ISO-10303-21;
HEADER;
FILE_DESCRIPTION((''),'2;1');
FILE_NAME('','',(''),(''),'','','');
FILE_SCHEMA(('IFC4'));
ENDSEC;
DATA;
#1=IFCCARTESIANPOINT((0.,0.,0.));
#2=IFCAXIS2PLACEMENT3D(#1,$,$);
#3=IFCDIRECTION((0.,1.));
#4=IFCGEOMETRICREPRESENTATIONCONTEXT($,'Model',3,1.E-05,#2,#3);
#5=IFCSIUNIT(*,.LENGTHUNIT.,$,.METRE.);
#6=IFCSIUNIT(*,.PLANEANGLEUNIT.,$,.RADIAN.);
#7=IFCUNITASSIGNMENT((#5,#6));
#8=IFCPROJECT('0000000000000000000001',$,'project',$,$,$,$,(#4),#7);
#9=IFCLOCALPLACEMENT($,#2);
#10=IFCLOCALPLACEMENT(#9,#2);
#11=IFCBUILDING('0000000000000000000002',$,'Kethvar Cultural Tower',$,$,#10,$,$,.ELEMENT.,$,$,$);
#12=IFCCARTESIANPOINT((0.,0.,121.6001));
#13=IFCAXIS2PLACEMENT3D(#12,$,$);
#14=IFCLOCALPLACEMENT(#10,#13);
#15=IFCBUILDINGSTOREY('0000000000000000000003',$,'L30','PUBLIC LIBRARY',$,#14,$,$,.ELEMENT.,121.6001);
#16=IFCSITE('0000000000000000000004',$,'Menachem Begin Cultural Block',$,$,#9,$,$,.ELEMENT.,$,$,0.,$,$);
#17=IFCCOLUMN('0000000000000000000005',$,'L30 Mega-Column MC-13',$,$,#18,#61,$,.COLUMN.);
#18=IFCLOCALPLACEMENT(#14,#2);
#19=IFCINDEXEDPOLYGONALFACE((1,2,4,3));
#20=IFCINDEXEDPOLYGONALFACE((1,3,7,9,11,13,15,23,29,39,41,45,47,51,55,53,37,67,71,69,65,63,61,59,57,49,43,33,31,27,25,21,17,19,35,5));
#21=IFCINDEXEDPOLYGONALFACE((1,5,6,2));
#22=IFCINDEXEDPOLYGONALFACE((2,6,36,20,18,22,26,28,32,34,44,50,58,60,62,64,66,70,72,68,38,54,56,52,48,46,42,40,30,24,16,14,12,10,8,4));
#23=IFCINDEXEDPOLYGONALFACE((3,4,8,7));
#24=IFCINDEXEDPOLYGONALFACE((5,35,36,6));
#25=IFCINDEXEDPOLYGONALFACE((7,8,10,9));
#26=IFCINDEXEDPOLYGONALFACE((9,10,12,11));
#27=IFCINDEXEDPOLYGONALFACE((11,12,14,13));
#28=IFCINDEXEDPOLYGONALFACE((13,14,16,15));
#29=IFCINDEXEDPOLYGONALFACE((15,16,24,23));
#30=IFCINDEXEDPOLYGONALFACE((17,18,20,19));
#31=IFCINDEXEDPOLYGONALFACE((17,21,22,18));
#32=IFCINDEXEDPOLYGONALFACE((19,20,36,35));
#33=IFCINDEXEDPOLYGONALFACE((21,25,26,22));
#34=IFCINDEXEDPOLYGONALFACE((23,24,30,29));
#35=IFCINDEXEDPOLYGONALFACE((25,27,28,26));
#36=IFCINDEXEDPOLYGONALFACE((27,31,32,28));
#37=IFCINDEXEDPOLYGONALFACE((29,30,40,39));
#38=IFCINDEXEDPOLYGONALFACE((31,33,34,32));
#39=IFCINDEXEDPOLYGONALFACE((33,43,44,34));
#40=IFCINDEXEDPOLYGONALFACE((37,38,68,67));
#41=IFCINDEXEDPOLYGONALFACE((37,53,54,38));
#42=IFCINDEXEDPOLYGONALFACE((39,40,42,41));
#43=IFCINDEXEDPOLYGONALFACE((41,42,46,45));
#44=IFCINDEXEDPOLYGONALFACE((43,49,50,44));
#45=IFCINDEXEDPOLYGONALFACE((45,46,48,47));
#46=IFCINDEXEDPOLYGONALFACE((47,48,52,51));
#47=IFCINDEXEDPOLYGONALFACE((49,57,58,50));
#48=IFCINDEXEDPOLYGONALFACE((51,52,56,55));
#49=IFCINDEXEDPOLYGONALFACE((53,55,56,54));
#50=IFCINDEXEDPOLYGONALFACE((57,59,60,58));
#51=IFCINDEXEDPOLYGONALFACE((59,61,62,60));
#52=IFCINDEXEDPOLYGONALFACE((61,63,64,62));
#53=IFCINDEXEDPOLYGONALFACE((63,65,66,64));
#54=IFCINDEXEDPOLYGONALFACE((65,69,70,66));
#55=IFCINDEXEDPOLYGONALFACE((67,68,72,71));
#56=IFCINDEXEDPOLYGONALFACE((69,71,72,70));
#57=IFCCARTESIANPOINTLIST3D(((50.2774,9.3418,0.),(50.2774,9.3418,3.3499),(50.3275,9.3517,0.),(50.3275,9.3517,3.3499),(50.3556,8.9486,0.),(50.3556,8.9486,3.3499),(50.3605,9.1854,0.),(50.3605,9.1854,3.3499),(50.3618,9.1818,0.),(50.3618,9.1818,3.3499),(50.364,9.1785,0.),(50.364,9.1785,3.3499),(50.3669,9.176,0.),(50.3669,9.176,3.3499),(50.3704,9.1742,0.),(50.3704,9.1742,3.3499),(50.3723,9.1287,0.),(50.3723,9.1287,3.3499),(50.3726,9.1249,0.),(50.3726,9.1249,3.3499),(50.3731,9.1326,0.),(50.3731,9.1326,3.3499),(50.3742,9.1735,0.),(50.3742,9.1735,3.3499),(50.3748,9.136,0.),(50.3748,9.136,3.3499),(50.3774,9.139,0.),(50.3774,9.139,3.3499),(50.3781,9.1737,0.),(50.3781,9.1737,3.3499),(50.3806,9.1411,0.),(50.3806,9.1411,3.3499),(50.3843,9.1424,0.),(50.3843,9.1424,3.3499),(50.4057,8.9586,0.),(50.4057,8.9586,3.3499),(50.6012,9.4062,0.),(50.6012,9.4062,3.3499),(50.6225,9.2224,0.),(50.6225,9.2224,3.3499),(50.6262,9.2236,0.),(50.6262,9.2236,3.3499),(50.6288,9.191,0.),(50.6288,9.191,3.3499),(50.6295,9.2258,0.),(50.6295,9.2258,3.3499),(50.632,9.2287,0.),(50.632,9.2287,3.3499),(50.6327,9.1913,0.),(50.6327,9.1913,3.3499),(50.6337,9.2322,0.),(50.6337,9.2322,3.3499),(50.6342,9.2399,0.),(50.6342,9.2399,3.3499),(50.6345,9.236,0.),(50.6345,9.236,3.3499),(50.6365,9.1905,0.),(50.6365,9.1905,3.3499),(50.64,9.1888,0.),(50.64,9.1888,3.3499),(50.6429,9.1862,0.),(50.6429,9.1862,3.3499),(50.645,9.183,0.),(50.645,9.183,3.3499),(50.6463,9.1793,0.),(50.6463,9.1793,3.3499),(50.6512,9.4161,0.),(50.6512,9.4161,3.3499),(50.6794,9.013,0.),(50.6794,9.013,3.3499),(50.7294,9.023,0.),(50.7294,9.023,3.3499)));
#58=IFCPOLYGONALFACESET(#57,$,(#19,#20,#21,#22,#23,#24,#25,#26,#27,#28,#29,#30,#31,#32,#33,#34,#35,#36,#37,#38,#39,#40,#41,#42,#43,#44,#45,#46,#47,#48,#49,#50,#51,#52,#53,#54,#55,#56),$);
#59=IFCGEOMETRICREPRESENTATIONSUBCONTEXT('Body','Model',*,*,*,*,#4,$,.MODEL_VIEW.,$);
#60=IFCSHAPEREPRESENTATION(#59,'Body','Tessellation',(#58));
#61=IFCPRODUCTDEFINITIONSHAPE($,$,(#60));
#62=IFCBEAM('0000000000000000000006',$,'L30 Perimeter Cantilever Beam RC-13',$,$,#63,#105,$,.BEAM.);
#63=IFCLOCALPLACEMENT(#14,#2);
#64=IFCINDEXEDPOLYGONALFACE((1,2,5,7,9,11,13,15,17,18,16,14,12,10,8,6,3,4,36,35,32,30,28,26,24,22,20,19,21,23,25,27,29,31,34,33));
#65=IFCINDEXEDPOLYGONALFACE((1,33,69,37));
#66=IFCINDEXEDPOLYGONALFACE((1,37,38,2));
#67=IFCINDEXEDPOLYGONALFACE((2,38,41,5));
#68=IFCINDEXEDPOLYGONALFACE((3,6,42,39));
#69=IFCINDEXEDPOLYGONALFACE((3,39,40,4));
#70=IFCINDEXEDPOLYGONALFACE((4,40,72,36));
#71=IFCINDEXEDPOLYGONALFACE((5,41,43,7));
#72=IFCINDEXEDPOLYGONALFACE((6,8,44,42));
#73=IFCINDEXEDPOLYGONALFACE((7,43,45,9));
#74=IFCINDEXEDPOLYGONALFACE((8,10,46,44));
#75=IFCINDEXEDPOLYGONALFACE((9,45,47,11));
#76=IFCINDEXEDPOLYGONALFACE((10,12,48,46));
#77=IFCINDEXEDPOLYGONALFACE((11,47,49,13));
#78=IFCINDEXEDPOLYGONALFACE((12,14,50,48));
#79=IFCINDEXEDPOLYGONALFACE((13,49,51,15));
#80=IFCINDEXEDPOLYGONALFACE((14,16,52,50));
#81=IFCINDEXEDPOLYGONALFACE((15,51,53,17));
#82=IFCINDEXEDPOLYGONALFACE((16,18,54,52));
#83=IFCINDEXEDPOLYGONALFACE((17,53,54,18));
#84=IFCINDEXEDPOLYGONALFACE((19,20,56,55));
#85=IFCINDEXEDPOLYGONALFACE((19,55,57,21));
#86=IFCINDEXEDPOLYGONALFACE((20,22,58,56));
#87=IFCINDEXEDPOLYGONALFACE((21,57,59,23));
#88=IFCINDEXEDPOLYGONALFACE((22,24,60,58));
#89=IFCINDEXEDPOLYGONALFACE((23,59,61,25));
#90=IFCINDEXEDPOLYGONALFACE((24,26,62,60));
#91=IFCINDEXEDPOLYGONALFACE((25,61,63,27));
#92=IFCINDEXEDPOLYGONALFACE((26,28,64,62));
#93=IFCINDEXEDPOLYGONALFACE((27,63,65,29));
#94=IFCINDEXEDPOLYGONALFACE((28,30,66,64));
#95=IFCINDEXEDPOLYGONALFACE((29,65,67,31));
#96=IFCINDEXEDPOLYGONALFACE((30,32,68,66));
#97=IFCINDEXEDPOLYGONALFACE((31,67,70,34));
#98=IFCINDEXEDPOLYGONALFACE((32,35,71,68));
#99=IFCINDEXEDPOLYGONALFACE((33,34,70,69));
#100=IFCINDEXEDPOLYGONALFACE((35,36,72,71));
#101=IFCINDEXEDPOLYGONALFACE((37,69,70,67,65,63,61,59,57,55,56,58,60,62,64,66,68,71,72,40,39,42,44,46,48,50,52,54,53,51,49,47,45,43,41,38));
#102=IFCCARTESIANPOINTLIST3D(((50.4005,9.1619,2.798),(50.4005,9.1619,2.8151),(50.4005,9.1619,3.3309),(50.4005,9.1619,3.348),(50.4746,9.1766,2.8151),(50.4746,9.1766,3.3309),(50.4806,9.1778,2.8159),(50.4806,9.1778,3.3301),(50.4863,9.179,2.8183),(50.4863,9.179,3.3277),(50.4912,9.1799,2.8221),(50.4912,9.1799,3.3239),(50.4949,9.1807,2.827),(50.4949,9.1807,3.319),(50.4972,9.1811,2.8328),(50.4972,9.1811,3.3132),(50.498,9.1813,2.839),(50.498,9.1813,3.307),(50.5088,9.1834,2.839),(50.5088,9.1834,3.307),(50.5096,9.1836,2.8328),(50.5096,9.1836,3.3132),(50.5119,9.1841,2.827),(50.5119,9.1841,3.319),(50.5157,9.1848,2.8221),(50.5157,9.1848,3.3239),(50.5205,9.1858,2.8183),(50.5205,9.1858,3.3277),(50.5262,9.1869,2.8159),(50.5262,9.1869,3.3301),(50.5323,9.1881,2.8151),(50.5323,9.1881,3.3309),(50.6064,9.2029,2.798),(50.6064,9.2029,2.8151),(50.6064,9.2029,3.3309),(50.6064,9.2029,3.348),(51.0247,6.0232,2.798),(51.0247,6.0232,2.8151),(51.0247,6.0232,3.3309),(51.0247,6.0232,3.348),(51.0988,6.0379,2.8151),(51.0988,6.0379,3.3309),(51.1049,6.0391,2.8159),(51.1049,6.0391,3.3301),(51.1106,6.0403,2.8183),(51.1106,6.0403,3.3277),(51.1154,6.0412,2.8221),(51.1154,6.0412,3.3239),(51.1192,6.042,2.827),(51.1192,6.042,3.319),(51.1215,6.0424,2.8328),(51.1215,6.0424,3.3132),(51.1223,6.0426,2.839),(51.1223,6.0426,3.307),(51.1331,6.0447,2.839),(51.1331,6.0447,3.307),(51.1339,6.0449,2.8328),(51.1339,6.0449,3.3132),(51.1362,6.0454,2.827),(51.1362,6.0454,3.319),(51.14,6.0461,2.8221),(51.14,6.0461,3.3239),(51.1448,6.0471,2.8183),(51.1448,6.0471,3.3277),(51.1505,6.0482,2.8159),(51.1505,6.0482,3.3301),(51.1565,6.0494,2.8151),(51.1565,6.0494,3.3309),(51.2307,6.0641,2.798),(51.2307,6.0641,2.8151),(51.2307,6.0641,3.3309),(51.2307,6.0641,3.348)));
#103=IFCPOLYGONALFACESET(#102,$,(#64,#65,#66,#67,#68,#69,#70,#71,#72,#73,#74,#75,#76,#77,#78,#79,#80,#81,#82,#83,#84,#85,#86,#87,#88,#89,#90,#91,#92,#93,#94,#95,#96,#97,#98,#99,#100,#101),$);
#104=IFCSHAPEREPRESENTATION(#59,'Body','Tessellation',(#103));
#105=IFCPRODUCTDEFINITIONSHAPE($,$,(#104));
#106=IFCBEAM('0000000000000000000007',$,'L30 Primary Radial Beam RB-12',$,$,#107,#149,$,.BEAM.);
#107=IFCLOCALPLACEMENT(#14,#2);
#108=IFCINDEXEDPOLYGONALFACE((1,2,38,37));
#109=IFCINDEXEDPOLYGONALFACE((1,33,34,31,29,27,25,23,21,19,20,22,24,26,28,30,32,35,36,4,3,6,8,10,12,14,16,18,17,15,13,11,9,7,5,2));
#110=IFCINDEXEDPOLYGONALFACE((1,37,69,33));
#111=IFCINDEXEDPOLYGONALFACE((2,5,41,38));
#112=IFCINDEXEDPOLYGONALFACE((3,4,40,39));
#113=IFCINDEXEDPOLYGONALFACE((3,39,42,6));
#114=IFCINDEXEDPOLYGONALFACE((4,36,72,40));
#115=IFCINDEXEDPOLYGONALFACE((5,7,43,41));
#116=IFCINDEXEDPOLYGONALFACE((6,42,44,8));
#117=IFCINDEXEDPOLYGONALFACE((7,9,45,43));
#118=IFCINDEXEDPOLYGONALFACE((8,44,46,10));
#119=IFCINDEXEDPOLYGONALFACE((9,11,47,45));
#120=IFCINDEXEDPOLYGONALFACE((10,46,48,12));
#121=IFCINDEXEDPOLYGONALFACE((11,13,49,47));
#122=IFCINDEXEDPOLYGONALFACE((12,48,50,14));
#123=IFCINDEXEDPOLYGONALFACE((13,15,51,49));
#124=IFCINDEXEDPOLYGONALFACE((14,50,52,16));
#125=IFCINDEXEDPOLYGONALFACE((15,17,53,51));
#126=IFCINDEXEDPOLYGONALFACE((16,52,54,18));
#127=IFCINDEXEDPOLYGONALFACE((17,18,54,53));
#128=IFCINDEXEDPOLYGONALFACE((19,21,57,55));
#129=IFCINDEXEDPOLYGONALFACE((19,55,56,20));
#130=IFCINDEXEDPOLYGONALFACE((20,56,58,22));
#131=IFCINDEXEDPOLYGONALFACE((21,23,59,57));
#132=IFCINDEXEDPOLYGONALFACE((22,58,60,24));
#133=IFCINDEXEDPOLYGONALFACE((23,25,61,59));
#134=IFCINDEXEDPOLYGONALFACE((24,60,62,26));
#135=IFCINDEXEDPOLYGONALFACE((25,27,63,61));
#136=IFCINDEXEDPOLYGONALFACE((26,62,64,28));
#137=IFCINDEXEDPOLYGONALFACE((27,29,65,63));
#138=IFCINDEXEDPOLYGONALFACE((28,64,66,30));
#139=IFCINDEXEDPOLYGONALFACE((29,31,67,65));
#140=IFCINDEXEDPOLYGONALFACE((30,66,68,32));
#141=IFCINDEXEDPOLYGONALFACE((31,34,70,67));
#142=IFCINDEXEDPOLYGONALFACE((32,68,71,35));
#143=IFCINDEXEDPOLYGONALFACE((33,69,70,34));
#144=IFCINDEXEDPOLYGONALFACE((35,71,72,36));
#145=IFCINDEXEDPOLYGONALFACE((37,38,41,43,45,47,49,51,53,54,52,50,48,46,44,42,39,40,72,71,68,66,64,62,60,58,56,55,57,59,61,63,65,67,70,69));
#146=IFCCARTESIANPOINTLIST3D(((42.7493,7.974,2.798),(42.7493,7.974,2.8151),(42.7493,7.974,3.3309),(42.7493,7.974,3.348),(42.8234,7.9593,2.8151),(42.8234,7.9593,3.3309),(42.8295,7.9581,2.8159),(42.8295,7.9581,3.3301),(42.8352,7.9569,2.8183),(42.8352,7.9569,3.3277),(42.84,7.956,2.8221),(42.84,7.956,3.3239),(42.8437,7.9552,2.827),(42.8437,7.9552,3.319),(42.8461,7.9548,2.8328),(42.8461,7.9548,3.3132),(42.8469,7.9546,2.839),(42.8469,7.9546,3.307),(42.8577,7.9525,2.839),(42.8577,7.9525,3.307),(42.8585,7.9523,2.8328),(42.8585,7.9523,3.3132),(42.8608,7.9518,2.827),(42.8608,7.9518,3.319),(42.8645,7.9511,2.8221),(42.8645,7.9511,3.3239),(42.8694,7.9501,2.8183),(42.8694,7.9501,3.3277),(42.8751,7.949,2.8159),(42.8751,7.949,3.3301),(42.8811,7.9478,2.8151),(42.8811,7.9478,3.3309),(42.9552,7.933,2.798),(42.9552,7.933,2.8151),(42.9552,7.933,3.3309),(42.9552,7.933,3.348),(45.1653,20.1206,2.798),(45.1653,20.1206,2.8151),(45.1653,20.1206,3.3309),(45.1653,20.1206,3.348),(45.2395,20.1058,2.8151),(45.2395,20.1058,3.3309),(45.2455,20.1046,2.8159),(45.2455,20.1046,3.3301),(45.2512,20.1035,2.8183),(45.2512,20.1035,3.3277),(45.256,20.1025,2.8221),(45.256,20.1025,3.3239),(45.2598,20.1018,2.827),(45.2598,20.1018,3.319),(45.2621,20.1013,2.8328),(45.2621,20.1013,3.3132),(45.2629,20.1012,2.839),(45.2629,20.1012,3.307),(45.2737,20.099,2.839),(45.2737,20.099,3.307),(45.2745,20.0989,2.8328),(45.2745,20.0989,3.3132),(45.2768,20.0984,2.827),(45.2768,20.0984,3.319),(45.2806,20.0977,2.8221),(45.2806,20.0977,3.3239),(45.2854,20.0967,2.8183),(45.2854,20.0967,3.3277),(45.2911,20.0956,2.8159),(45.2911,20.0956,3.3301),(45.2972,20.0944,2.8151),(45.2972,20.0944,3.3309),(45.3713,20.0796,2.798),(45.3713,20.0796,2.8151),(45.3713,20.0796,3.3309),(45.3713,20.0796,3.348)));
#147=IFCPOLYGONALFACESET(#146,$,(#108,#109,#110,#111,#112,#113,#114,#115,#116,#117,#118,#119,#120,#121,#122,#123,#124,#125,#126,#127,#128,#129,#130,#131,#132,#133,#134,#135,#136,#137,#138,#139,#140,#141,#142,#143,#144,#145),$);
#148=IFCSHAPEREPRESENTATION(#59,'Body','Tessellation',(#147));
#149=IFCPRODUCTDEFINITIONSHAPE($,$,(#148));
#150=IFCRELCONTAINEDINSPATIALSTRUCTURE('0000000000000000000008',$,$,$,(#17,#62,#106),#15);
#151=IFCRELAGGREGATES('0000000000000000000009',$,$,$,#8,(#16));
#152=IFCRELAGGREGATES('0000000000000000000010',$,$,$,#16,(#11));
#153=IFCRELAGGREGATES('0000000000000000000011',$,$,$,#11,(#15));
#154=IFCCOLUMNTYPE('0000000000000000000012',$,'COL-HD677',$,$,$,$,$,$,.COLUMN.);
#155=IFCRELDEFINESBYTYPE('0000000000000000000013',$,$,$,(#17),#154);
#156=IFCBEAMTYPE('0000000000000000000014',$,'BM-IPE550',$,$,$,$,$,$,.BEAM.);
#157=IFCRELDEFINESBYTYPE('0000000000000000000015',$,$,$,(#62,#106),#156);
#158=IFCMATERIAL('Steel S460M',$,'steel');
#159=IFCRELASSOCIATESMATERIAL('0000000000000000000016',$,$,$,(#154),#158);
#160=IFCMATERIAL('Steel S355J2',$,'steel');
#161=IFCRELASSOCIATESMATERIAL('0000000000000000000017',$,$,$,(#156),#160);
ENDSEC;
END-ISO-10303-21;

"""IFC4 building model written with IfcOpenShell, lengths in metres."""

from ifc_helpers import new_model, si_unit, direction, frame, origin, origin_2d, place, context, subcontext, project, spatial, i_section, extrude, source, transform, mapped, material, material_profile, profile_set, type_object, element, save


model = new_model("IFC4")

# Units and contexts
model_context = context("Model", 3, precision=1e-05, world=origin(), true_north=direction((0.0, 1.0)))
body_context = subcontext(model_context, "Body", "Model", "MODEL_VIEW")
ifc_project = project(units=[si_unit("LENGTHUNIT", "METRE"), si_unit("PLANEANGLEUNIT", "RADIAN")], contexts=[model_context])

# Site, building, storey
site_placement = place(None, origin())
site = spatial("IfcSite", under=ifc_project, at=site_placement, Name="Menachem Begin Cultural Block", CompositionType="ELEMENT", RefElevation=0.0)
building_placement = place(site_placement, origin())
building = spatial("IfcBuilding", under=site, at=building_placement, Name="Kethvar Cultural Tower", CompositionType="ELEMENT")
storey_placement = place(building_placement, frame((0.0, 0.0, 121.6001)))
storey = spatial("IfcBuildingStorey", under=building, at=storey_placement, Name="L30", Description="PUBLIC LIBRARY", CompositionType="ELEMENT", Elevation=121.6001)

# Column
ifc_material_1 = material(Name="Steel S460M", Category="steel")
ifc_material_profile_1 = material_profile(ifc_material_1, i_section(OverallWidth=0.4009, OverallDepth=0.3811, WebThickness=0.032, FlangeThickness=0.051, FilletRadius=0.0149, at=origin_2d()), Name="Steel S460M — HD400x677")
ifc_profile_set_1 = profile_set([ifc_material_profile_1], Name="Steel S460M — HD400x677")
column_type = type_object("IfcColumnType", Name="COL-HD677", PredefinedType="COLUMN", material=ifc_profile_set_1)
shared_shape_1 = source(origin(), body_context, "Body", "SweptSolid", [
    extrude(i_section(OverallWidth=0.4009, OverallDepth=0.3811, WebThickness=0.032, FlangeThickness=0.051, FilletRadius=0.0149, at=origin_2d()), origin(), (0.0, 0.0, 1.0), 3.3499),
])
column_placement = place(storey_placement, frame((50.5034, 9.1824, 0.0), z_axis=(0.0, 0.0, 1.0), x_axis=(0.19509, -0.980785, 0.0)))
element("IfcColumn", 1, at=column_placement, inside=storey, type_object=column_type, Name="L30 Mega-Column MC-13", PredefinedType="COLUMN", context=body_context, shape_type="MappedRepresentation", body=[
    mapped(shared_shape_1, transform((0.0, 0.0, 0.0), scale=1.0)),
])

# Beams
ifc_material_2 = material(Name="Steel S355J2", Category="steel")
ifc_material_profile_2 = material_profile(ifc_material_2, i_section(OverallWidth=0.21, OverallDepth=0.55, WebThickness=0.011, FlangeThickness=0.0171, FilletRadius=0.0239, at=origin_2d()), Name="Steel S355J2 — IPE550")
ifc_profile_set_2 = profile_set([ifc_material_profile_2], Name="Steel S355J2 — IPE550")
beam_type_1 = type_object("IfcBeamType", Name="BM-IPE550", PredefinedType="BEAM", material=ifc_profile_set_2)
shared_shape_2 = source(origin(), body_context, "Body", "SweptSolid", [
    extrude(i_section(OverallWidth=0.21, OverallDepth=0.55, WebThickness=0.011, FlangeThickness=0.0171, FilletRadius=0.0239, at=origin_2d()), origin(), (0.0, 0.0, 1.0), 3.2002),
])
beam_1_placement = place(storey_placement, frame((50.5034, 9.1824, 3.073), z_axis=(0.195074, -0.980788, 0.0), x_axis=(0.980788, 0.195074, 0.0)))
element("IfcBeam", 2, at=beam_1_placement, inside=storey, type_object=beam_type_1, Name="L30 Perimeter Cantilever Beam RC-13", PredefinedType="BEAM", context=body_context, shape_type="MappedRepresentation", body=[
    mapped(shared_shape_2, transform((0.0, 0.0, 0.0), scale=1.0)),
])
shared_shape_3 = source(origin(), body_context, "Body", "SweptSolid", [
    extrude(i_section(OverallWidth=0.21, OverallDepth=0.55, WebThickness=0.011, FlangeThickness=0.0171, FilletRadius=0.0239, at=origin_2d()), origin(), (0.0, 0.0, 1.0), 12.3845),
])
beam_2_placement = place(storey_placement, frame((45.2683, 20.1001, 3.073), z_axis=(-0.195085, -0.980786, 0.0), x_axis=(0.980786, -0.195085, 0.0)))
element("IfcBeam", 3, at=beam_2_placement, inside=storey, type_object=beam_type_1, Name="L30 Primary Radial Beam RB-12", PredefinedType="BEAM", context=body_context, shape_type="MappedRepresentation", body=[
    mapped(shared_shape_3, transform((0.0, 0.0, 0.0), scale=1.0)),
])

save(model, "model.ifc")
